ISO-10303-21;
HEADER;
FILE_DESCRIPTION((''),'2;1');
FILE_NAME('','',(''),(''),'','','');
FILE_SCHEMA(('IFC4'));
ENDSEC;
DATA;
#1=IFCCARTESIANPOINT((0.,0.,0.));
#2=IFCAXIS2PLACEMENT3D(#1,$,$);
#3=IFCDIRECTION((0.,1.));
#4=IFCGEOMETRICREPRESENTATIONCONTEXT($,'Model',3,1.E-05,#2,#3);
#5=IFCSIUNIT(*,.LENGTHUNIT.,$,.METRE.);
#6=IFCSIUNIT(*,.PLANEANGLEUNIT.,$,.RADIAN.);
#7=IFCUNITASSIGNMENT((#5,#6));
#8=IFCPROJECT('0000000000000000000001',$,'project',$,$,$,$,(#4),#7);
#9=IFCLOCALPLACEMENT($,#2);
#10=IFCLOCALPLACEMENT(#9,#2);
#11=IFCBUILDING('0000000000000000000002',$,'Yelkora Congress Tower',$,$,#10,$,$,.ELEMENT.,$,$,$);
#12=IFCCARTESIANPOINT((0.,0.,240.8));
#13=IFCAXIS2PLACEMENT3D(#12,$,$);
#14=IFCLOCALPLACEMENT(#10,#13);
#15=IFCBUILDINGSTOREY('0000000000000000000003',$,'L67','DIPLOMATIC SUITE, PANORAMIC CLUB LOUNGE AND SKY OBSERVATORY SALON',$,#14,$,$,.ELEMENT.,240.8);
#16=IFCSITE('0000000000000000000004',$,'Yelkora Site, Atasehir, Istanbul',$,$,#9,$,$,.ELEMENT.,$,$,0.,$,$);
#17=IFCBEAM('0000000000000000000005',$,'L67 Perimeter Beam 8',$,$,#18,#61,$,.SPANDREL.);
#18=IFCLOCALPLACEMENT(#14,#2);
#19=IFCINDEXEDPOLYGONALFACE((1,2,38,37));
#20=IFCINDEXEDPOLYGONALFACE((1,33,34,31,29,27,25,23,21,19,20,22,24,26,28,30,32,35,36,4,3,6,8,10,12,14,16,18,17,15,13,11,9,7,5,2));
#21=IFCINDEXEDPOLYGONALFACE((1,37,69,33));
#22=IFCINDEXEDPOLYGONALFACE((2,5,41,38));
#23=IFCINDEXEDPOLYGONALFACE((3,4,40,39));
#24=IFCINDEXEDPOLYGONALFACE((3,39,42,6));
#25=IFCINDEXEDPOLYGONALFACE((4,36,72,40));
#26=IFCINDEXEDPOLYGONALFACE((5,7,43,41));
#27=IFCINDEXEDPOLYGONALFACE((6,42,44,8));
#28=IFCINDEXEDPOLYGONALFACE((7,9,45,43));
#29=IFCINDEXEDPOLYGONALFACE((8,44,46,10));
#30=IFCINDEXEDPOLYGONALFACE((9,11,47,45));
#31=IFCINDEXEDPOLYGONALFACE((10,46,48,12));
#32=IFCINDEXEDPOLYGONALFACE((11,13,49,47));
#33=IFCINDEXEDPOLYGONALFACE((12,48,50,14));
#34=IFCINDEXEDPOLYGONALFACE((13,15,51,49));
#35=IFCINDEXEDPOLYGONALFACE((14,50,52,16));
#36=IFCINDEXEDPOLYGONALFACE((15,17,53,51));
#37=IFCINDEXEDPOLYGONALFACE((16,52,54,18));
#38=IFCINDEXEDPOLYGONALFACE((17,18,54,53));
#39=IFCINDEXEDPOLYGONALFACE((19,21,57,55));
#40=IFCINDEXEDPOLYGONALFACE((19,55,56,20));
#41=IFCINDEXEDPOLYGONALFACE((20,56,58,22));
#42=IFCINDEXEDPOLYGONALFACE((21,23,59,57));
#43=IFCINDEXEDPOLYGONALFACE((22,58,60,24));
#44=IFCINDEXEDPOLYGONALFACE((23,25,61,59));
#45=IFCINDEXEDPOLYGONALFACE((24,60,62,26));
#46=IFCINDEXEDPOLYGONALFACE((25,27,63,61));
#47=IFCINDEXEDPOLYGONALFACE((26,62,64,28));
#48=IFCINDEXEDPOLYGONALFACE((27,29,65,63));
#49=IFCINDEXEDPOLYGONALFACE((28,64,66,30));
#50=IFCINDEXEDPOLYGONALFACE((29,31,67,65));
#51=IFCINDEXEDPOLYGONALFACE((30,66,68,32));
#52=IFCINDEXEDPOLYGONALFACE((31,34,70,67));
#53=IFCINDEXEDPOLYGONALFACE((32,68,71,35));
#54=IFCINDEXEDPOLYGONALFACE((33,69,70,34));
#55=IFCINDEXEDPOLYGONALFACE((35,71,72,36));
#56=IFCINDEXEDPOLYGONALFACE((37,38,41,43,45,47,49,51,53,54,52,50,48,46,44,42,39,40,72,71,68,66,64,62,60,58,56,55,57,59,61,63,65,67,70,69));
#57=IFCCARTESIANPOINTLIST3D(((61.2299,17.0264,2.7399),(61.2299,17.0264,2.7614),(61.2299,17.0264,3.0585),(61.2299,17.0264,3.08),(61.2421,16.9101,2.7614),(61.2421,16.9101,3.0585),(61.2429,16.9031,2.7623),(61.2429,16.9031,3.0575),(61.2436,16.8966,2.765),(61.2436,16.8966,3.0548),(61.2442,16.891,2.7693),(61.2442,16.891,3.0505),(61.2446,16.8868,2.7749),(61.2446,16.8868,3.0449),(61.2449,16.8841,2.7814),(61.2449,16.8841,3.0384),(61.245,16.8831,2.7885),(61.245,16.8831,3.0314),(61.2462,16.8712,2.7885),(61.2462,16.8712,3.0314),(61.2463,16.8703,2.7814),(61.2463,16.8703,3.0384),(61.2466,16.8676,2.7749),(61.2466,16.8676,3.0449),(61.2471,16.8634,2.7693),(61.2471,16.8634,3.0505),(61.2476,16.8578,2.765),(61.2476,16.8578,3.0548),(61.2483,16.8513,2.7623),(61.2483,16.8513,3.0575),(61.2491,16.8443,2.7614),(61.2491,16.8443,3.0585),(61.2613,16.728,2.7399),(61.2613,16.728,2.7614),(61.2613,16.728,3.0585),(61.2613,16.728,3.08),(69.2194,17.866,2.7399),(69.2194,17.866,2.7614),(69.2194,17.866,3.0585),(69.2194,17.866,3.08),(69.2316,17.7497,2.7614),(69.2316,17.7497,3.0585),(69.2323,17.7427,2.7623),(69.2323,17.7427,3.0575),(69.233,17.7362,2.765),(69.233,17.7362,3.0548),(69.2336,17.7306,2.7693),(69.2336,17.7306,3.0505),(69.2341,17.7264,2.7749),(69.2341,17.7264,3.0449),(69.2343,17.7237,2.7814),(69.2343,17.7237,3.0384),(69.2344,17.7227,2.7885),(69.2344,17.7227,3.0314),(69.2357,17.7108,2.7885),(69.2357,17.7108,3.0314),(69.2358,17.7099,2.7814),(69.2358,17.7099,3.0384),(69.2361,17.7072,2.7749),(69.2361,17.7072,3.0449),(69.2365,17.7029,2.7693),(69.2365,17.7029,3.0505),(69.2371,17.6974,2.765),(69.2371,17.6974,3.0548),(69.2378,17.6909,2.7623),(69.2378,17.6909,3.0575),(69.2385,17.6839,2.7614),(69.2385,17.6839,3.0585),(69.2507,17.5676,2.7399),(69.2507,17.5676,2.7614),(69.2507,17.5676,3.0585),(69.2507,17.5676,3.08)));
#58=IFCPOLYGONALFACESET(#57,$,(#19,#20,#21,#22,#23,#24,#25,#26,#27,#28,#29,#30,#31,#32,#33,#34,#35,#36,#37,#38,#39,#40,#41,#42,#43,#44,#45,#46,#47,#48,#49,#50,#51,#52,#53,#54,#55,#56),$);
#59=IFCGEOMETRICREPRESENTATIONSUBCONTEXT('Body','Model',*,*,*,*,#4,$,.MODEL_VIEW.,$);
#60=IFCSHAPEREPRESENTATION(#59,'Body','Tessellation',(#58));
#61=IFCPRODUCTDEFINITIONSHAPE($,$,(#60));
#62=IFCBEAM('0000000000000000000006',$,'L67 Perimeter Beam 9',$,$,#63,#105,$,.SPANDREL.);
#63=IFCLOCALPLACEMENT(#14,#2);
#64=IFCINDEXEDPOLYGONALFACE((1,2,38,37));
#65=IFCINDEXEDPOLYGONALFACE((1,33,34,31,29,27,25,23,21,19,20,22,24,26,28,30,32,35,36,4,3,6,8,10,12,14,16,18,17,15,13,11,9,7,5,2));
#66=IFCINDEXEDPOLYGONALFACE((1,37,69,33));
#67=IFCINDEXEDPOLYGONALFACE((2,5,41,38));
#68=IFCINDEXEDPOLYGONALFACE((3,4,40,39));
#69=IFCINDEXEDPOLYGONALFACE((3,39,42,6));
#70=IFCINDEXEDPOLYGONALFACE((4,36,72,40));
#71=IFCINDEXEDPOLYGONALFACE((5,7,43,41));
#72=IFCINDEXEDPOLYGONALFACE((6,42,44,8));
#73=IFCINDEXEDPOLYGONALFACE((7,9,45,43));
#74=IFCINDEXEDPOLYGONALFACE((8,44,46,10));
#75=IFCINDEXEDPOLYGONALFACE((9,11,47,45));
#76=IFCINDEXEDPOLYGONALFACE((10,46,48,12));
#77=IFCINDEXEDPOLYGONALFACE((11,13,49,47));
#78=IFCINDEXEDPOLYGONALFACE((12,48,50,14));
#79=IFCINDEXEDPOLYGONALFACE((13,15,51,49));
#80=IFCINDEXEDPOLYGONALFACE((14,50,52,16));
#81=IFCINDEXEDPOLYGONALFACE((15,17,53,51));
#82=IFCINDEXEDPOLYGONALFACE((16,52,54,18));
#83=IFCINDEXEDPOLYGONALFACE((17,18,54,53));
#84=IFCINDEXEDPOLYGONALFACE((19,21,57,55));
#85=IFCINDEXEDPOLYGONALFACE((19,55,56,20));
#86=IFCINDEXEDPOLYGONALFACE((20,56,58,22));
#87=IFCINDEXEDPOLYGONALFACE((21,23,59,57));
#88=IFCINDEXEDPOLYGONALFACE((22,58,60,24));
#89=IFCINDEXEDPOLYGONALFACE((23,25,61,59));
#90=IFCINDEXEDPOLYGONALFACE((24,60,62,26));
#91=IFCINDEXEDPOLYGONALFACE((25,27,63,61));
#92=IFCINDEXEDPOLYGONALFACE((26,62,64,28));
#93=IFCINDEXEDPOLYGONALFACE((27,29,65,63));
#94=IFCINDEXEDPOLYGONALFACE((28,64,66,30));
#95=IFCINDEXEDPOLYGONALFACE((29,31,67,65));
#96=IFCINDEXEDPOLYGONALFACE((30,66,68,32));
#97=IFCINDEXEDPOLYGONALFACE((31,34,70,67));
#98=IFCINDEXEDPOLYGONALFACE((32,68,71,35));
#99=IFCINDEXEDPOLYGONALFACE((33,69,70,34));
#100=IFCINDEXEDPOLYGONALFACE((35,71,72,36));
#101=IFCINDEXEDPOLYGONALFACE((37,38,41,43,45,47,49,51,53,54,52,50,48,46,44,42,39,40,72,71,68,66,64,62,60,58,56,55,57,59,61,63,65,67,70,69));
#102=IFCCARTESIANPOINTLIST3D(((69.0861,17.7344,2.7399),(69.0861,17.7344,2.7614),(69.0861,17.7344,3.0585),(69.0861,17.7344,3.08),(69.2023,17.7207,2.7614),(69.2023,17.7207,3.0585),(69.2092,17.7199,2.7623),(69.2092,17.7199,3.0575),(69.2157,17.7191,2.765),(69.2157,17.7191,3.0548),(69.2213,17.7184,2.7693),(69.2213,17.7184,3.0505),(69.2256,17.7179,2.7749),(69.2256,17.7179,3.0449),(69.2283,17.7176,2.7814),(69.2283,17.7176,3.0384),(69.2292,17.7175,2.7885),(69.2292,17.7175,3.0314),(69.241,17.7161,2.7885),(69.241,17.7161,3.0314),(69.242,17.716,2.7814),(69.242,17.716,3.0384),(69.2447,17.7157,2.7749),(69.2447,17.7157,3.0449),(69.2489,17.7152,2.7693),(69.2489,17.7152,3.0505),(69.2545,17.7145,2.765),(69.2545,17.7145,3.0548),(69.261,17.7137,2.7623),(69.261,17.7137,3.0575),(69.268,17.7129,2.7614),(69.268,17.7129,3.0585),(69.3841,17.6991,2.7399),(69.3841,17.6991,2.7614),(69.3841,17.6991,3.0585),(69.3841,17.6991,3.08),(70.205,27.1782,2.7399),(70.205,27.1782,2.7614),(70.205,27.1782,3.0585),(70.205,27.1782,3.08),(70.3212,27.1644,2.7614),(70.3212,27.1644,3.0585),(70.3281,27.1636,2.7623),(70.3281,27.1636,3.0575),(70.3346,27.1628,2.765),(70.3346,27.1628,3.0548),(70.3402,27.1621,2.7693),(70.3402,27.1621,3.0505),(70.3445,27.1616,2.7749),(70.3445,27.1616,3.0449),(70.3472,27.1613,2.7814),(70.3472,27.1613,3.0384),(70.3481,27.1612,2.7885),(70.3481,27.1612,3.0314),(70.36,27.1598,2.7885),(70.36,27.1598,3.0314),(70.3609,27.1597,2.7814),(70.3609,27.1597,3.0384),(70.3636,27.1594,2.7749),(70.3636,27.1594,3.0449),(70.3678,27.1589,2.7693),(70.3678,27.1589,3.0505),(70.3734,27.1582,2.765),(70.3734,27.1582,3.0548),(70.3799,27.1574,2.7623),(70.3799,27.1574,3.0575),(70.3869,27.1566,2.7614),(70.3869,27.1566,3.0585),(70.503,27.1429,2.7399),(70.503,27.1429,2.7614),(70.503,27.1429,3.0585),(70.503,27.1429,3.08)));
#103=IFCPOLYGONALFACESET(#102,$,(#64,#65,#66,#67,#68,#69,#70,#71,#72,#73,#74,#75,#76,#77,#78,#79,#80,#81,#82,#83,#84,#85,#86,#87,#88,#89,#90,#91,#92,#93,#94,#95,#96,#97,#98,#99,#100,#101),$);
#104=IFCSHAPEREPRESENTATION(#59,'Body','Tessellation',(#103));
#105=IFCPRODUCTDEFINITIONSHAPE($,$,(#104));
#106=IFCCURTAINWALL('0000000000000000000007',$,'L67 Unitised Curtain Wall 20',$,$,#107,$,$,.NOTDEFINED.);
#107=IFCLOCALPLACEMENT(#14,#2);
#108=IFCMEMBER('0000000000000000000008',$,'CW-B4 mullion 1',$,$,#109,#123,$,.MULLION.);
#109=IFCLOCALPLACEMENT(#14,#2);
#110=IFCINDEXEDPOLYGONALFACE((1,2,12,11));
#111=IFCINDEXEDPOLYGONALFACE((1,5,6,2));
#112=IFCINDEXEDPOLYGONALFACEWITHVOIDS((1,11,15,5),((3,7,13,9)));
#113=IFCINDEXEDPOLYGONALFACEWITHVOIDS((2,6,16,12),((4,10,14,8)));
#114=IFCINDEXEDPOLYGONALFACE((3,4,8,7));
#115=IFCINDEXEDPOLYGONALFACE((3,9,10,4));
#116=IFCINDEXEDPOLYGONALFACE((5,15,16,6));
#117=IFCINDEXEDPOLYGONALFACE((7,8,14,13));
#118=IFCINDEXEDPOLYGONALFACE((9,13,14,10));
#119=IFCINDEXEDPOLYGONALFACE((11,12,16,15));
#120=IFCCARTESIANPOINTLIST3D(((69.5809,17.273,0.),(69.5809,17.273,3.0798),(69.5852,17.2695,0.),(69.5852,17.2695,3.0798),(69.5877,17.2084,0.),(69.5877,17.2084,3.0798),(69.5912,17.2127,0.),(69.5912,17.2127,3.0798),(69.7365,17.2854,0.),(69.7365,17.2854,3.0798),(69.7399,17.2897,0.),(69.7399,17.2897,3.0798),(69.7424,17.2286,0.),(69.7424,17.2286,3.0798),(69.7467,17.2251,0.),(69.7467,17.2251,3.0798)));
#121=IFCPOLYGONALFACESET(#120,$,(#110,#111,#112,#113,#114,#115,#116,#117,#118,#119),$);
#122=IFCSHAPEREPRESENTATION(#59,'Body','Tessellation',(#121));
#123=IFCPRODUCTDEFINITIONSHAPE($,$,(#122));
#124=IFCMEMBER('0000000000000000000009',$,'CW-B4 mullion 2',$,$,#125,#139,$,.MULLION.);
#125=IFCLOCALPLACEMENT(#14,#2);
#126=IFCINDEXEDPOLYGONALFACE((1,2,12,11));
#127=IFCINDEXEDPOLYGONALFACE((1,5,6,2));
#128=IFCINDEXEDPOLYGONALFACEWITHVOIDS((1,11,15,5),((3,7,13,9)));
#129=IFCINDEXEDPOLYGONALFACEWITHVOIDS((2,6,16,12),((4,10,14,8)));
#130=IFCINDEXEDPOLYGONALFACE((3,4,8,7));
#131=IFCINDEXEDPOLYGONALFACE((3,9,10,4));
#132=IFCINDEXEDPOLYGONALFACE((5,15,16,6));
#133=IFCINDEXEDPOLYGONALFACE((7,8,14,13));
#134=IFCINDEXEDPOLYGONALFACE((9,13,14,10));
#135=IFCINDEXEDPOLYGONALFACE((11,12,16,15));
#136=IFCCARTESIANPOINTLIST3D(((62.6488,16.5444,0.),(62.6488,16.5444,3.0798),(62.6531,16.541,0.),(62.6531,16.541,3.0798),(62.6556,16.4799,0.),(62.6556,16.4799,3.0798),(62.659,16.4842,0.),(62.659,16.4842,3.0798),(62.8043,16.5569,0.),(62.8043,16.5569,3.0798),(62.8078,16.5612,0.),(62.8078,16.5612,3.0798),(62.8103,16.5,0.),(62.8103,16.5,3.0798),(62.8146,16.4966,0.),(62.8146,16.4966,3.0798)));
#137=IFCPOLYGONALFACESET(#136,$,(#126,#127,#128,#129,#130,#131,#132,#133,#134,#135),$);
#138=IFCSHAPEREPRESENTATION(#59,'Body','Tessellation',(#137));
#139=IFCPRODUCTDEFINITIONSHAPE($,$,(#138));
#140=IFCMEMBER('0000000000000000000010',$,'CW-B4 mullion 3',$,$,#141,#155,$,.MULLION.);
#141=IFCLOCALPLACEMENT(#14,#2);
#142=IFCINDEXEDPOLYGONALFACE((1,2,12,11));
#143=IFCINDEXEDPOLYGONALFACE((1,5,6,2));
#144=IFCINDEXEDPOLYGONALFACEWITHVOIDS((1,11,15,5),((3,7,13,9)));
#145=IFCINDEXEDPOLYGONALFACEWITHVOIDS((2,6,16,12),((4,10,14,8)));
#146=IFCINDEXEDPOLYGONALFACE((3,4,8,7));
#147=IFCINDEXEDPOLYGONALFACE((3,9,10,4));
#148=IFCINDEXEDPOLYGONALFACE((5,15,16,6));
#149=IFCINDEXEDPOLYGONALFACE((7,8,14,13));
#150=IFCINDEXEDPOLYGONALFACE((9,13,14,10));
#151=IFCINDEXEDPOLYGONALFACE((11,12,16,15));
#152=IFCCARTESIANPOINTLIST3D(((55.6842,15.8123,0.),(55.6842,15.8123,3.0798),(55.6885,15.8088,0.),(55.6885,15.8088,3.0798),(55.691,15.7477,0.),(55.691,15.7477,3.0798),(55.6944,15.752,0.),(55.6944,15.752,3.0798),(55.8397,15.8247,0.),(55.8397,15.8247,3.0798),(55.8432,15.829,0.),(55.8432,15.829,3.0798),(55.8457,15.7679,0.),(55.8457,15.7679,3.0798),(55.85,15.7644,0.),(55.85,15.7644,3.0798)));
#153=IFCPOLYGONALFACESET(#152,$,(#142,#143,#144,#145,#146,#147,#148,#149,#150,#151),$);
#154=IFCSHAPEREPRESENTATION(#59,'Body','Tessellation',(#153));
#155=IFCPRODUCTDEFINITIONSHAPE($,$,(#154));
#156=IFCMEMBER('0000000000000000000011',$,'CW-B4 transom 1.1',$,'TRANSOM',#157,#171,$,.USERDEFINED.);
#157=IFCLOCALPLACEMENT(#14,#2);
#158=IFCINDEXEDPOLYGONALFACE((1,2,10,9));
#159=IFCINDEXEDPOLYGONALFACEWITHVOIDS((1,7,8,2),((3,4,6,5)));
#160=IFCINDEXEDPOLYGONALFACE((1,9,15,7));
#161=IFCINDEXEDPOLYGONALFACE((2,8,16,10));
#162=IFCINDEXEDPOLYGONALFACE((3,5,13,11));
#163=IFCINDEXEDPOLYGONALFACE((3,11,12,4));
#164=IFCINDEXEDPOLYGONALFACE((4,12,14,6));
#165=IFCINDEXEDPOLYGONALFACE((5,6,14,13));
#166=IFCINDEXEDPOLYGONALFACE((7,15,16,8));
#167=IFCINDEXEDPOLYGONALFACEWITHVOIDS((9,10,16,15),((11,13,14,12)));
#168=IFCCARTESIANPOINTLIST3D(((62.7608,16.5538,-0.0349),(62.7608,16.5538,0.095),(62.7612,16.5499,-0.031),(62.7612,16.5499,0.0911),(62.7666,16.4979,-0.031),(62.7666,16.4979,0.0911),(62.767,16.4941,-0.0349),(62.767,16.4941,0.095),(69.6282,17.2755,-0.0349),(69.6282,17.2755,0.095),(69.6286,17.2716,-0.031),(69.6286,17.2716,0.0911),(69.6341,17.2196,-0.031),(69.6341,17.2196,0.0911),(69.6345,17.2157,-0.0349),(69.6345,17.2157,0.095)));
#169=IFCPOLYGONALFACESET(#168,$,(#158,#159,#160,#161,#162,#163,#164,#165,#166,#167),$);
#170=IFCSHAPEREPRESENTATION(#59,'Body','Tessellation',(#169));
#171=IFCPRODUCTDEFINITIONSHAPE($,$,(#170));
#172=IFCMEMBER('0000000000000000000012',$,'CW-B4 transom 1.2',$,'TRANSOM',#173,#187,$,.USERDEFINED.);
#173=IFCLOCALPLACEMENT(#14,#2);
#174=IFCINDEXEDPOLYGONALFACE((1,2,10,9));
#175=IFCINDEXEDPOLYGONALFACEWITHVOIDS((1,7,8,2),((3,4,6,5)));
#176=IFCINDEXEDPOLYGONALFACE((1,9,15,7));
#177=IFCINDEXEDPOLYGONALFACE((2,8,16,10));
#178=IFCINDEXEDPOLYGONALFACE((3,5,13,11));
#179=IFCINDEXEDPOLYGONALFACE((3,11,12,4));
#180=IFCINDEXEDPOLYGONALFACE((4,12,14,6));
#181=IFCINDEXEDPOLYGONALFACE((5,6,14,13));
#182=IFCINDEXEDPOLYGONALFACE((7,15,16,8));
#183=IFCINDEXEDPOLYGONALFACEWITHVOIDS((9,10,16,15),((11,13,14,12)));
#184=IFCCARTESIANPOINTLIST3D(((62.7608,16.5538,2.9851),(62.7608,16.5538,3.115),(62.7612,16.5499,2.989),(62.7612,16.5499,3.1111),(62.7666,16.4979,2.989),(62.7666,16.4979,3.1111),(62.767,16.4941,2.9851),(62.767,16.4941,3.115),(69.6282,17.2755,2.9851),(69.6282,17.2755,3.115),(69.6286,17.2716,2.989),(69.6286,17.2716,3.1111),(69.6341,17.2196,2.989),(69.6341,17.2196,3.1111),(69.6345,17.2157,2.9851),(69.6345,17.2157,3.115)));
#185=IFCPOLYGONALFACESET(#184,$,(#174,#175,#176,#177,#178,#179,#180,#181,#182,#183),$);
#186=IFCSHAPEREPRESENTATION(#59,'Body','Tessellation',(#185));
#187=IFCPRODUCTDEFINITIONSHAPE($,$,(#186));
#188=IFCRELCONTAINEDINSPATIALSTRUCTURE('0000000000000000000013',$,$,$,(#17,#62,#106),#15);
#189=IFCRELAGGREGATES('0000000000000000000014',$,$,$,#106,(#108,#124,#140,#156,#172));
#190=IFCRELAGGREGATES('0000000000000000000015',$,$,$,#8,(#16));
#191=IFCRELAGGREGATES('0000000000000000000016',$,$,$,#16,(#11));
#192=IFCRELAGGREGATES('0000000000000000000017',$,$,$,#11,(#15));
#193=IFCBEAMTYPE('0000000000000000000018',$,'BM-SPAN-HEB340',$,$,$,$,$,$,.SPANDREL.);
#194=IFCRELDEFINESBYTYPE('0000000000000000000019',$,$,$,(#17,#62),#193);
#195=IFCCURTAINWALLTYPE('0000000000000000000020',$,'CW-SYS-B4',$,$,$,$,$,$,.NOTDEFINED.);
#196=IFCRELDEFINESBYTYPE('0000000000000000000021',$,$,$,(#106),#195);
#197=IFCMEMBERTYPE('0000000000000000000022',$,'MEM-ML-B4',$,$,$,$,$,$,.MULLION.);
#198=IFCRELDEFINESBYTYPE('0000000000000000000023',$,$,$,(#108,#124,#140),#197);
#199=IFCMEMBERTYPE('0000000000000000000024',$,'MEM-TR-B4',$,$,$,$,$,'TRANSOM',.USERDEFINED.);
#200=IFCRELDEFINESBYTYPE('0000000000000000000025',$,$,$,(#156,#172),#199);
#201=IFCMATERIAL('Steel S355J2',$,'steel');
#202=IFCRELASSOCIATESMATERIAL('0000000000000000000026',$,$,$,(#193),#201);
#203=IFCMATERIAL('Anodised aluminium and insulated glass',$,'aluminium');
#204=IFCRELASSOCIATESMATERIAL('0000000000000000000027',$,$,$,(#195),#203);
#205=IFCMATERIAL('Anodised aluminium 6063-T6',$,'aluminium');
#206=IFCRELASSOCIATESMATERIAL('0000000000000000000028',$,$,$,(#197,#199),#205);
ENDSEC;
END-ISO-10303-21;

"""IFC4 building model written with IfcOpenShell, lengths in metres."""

from ifc_helpers import new_model, si_unit, direction, frame, origin, origin_2d, place, context, subcontext, project, spatial, hollow_rectangle, i_section, extrude, material, material_profile, profile_set, type_object, element, aggregate, save


model = new_model("IFC4")

# Units and contexts
model_context = context("Model", 3, precision=1e-05, world=origin(), true_north=direction((0.0, 1.0)))
body_context = subcontext(model_context, "Body", "Model", "MODEL_VIEW")
ifc_project = project(units=[si_unit("LENGTHUNIT", "METRE"), si_unit("PLANEANGLEUNIT", "RADIAN")], contexts=[model_context])

# Site, building, storey
site_placement = place(None, origin())
site = spatial("IfcSite", under=ifc_project, at=site_placement, Name="Yelkora Site, Atasehir, Istanbul", CompositionType="ELEMENT", RefElevation=0.0)
building_placement = place(site_placement, origin())
building = spatial("IfcBuilding", under=site, at=building_placement, Name="Yelkora Congress Tower", CompositionType="ELEMENT")
storey_placement = place(building_placement, frame((0.0, 0.0, 240.8)))
storey = spatial("IfcBuildingStorey", under=building, at=storey_placement, Name="L67", Description="DIPLOMATIC SUITE, PANORAMIC CLUB LOUNGE AND SKY OBSERVATORY SALON", CompositionType="ELEMENT", Elevation=240.8)

# Shared definitions
ifc_material_1 = material(Name="Steel S355J2", Category="steel")

# Beams
ifc_material_profile_1 = material_profile(ifc_material_1, i_section(OverallWidth=0.3, OverallDepth=0.3401, WebThickness=0.012, FlangeThickness=0.0215, FilletRadius=0.0271, at=origin_2d()), Name="HEB 340")
ifc_profile_set_1 = profile_set([ifc_material_profile_1], Name="Steel S355J2")
beam_type_1 = type_object("IfcBeamType", Name="BM-SPAN-HEB340", PredefinedType="SPANDREL", material=ifc_profile_set_1)
beam_1_placement = place(storey_placement, frame((61.2456, 16.8772, 2.9099), z_axis=(0.994524, 0.104512, 0.0), x_axis=(-0.104512, 0.994524, 0.0)))
element("IfcBeam", 1, at=beam_1_placement, inside=storey, type_object=beam_type_1, Name="L67 Perimeter Beam 8", PredefinedType="SPANDREL", context=body_context, shape_type="SweptSolid", body=[
    extrude(i_section(OverallWidth=0.3, OverallDepth=0.3401, WebThickness=0.012, FlangeThickness=0.0215, FilletRadius=0.0271, at=origin_2d()), origin(), (0.0, 0.0, 1.0), 8.0334),
])
beam_2_placement = place(storey_placement, frame((69.2351, 17.7168, 2.9099), z_axis=(0.117659, 0.993054, 0.0), x_axis=(-0.993054, 0.117659, 0.0)))
element("IfcBeam", 2, at=beam_2_placement, inside=storey, type_object=beam_type_1, Name="L67 Perimeter Beam 9", PredefinedType="SPANDREL", context=body_context, shape_type="SweptSolid", body=[
    extrude(i_section(OverallWidth=0.3, OverallDepth=0.3401, WebThickness=0.012, FlangeThickness=0.0215, FilletRadius=0.0271, at=origin_2d()), origin(), (0.0, 0.0, 1.0), 9.5098),
])

# Curtain wall, members
ifc_material_2 = material(Name="Anodised aluminium and insulated glass", Category="aluminium")
curtain_wall_type = type_object("IfcCurtainWallType", Name="CW-SYS-B4", PredefinedType="NOTDEFINED", material=ifc_material_2)
curtain_wall_placement = place(storey_placement, origin())
curtain_wall = element("IfcCurtainWall", 3, at=curtain_wall_placement, inside=storey, type_object=curtain_wall_type, Name="L67 Unitised Curtain Wall 20", PredefinedType="NOTDEFINED")
ifc_material_3 = material(Name="Anodised aluminium 6063-T6", Category="aluminium")
ifc_material_profile_2 = material_profile(ifc_material_3, hollow_rectangle(XDim=0.0649, YDim=0.1599, WallThickness=0.0039, at=origin_2d()), Name="ALU 65x160x4")
ifc_profile_set_2 = profile_set([ifc_material_profile_2], Name="Anodised aluminium 6063-T6")
member_type_1 = type_object("IfcMemberType", Name="MEM-ML-B4", PredefinedType="MULLION", material=ifc_profile_set_2)
member_1_placement = place(storey_placement, frame((69.6638, 17.249, 0.0), z_axis=(0.0, 0.0, 1.0), x_axis=(0.104527, -0.994522, 0.0)))
member_1 = element("IfcMember", 4, at=member_1_placement, type_object=member_type_1, Name="CW-B4 mullion 1", PredefinedType="MULLION", context=body_context, shape_type="SweptSolid", body=[
    extrude(hollow_rectangle(XDim=0.0649, YDim=0.1599, WallThickness=0.0039, at=origin_2d()), origin(), (0.0, 0.0, 1.0), 3.0798),
])
member_2_placement = place(storey_placement, frame((62.7317, 16.5205, 0.0), z_axis=(0.0, 0.0, 1.0), x_axis=(0.104527, -0.994522, 0.0)))
member_2 = element("IfcMember", 5, at=member_2_placement, type_object=member_type_1, Name="CW-B4 mullion 2", PredefinedType="MULLION", context=body_context, shape_type="SweptSolid", body=[
    extrude(hollow_rectangle(XDim=0.0649, YDim=0.1599, WallThickness=0.0039, at=origin_2d()), origin(), (0.0, 0.0, 1.0), 3.0798),
])
member_3_placement = place(storey_placement, frame((55.7671, 15.7883, 0.0), z_axis=(0.0, 0.0, 1.0), x_axis=(0.104527, -0.994522, 0.0)))
member_3 = element("IfcMember", 6, at=member_3_placement, type_object=member_type_1, Name="CW-B4 mullion 3", PredefinedType="MULLION", context=body_context, shape_type="SweptSolid", body=[
    extrude(hollow_rectangle(XDim=0.0649, YDim=0.1599, WallThickness=0.0039, at=origin_2d()), origin(), (0.0, 0.0, 1.0), 3.0798),
])
ifc_material_profile_3 = material_profile(ifc_material_3, hollow_rectangle(XDim=0.0601, YDim=0.1299, WallThickness=0.0039, at=origin_2d()), Name="ALU 60x130x4")
ifc_profile_set_3 = profile_set([ifc_material_profile_3], Name="Anodised aluminium 6063-T6")
member_type_2 = type_object("IfcMemberType", Name="MEM-TR-B4", ElementType="TRANSOM", PredefinedType="USERDEFINED", material=ifc_profile_set_3)
member_4_placement = place(storey_placement, frame((69.6313, 17.2456, 0.03), z_axis=(-0.994524, -0.104512, 0.0), x_axis=(0.104512, -0.994524, 0.0)))
member_4 = element("IfcMember", 7, at=member_4_placement, type_object=member_type_2, Name="CW-B4 transom 1.1", ObjectType="TRANSOM", PredefinedType="USERDEFINED", context=body_context, shape_type="SweptSolid", body=[
    extrude(hollow_rectangle(XDim=0.0601, YDim=0.1299, WallThickness=0.0039, at=origin_2d()), origin(), (0.0, 0.0, 1.0), 6.9053),
])
member_5_placement = place(storey_placement, frame((69.6313, 17.2456, 3.05), z_axis=(-0.994524, -0.104512, 0.0), x_axis=(0.104512, -0.994524, 0.0)))
member_5 = element("IfcMember", 8, at=member_5_placement, type_object=member_type_2, Name="CW-B4 transom 1.2", ObjectType="TRANSOM", PredefinedType="USERDEFINED", context=body_context, shape_type="SweptSolid", body=[
    extrude(hollow_rectangle(XDim=0.0601, YDim=0.1299, WallThickness=0.0039, at=origin_2d()), origin(), (0.0, 0.0, 1.0), 6.9053),
])
aggregate(curtain_wall, [member_1, member_2, member_3, member_4, member_5])

save(model, "model.ifc")
